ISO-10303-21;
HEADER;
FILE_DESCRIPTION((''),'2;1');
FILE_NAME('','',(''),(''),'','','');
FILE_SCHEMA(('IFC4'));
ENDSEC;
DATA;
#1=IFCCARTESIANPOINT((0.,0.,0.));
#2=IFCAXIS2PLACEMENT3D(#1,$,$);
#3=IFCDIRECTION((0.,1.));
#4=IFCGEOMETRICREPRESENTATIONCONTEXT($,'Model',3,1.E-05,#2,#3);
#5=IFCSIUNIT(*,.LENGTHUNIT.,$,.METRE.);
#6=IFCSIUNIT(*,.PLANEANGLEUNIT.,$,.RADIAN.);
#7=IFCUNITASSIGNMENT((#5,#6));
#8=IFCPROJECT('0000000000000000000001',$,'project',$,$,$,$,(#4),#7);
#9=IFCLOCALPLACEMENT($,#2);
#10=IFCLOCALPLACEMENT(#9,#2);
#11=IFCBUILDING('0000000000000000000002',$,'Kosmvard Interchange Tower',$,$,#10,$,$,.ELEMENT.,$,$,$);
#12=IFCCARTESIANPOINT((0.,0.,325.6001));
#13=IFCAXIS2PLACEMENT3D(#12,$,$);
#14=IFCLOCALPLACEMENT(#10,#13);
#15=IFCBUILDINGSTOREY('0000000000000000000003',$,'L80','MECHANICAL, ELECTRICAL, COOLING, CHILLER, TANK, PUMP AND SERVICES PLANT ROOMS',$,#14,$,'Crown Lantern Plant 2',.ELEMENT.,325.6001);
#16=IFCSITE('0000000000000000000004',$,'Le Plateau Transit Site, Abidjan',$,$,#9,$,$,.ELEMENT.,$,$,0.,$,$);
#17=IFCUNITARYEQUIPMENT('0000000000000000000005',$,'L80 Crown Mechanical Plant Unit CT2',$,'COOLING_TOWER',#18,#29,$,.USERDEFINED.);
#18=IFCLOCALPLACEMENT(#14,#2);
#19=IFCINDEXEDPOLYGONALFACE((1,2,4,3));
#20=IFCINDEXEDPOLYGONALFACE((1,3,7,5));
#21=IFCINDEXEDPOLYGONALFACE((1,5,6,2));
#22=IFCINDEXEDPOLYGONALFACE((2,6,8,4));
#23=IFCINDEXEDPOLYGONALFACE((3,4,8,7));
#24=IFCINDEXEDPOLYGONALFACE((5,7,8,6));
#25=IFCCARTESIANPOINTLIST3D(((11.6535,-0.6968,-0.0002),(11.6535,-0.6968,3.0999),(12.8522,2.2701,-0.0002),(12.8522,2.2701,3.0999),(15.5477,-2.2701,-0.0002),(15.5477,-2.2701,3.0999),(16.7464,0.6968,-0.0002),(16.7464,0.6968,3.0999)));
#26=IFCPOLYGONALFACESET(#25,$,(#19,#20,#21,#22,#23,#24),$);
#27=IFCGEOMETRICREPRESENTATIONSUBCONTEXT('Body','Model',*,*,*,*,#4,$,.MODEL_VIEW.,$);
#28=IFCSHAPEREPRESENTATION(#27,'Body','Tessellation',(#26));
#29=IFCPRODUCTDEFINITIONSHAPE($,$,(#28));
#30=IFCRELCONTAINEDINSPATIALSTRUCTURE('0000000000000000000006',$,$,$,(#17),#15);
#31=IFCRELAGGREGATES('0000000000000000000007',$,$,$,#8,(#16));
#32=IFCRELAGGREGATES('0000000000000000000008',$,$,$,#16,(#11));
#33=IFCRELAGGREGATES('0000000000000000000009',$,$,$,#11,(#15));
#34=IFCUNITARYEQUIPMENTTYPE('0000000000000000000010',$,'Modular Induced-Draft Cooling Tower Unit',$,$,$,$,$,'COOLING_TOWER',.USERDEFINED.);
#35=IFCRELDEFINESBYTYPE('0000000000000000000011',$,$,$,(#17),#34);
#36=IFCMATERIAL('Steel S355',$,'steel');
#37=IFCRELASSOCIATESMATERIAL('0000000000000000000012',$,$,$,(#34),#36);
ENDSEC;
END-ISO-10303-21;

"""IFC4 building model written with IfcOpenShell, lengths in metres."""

from ifc_helpers import new_model, si_unit, direction, frame, origin, origin_2d, place, context, subcontext, project, spatial, rectangle, extrude, source, transform, mapped, material, type_object, element, save


model = new_model("IFC4")

# Units and contexts
model_context = context("Model", 3, precision=1e-05, world=origin(), true_north=direction((0.0, 1.0)))
body_context = subcontext(model_context, "Body", "Model", "MODEL_VIEW")
ifc_project = project(units=[si_unit("LENGTHUNIT", "METRE"), si_unit("PLANEANGLEUNIT", "RADIAN")], contexts=[model_context])

# Site, building, storey
site_placement = place(None, origin())
site = spatial("IfcSite", under=ifc_project, at=site_placement, Name="Le Plateau Transit Site, Abidjan", CompositionType="ELEMENT", RefElevation=0.0)
building_placement = place(site_placement, origin())
building = spatial("IfcBuilding", under=site, at=building_placement, Name="Kosmvard Interchange Tower", CompositionType="ELEMENT")
storey_placement = place(building_placement, frame((0.0, 0.0, 325.6001)))
storey = spatial("IfcBuildingStorey", under=building, at=storey_placement, Name="L80", Description="MECHANICAL, ELECTRICAL, COOLING, CHILLER, TANK, PUMP AND SERVICES PLANT ROOMS", LongName="Crown Lantern Plant 2", CompositionType="ELEMENT", Elevation=325.6001)

# Shared definitions
ifc_material_1 = material(Name="Steel S355", Category="steel")

# Unitary equipment
unitary_equipment_type = type_object("IfcUnitaryEquipmentType", Name="Modular Induced-Draft Cooling Tower Unit", ElementType="COOLING_TOWER", PredefinedType="USERDEFINED", material=ifc_material_1)
shared_shape_1 = source(origin(), body_context, "Body", "SweptSolid", [
    extrude(rectangle(XDim=3.2, YDim=4.2, at=origin_2d()), origin(), (0.0, 0.0, 1.0), 3.1001),
])
unitary_equipment_placement = place(storey_placement, frame((14.2, 0.0, -0.0002), z_axis=(0.0, 0.0, 1.0), x_axis=(0.374607, 0.927184, 0.0)))
element("IfcUnitaryEquipment", 1, at=unitary_equipment_placement, inside=storey, type_object=unitary_equipment_type, Name="L80 Crown Mechanical Plant Unit CT2", ObjectType="COOLING_TOWER", PredefinedType="USERDEFINED", context=body_context, shape_type="MappedRepresentation", body=[
    mapped(shared_shape_1, transform((0.0, 0.0, 0.0), scale=1.0)),
])

save(model, "model.ifc")
